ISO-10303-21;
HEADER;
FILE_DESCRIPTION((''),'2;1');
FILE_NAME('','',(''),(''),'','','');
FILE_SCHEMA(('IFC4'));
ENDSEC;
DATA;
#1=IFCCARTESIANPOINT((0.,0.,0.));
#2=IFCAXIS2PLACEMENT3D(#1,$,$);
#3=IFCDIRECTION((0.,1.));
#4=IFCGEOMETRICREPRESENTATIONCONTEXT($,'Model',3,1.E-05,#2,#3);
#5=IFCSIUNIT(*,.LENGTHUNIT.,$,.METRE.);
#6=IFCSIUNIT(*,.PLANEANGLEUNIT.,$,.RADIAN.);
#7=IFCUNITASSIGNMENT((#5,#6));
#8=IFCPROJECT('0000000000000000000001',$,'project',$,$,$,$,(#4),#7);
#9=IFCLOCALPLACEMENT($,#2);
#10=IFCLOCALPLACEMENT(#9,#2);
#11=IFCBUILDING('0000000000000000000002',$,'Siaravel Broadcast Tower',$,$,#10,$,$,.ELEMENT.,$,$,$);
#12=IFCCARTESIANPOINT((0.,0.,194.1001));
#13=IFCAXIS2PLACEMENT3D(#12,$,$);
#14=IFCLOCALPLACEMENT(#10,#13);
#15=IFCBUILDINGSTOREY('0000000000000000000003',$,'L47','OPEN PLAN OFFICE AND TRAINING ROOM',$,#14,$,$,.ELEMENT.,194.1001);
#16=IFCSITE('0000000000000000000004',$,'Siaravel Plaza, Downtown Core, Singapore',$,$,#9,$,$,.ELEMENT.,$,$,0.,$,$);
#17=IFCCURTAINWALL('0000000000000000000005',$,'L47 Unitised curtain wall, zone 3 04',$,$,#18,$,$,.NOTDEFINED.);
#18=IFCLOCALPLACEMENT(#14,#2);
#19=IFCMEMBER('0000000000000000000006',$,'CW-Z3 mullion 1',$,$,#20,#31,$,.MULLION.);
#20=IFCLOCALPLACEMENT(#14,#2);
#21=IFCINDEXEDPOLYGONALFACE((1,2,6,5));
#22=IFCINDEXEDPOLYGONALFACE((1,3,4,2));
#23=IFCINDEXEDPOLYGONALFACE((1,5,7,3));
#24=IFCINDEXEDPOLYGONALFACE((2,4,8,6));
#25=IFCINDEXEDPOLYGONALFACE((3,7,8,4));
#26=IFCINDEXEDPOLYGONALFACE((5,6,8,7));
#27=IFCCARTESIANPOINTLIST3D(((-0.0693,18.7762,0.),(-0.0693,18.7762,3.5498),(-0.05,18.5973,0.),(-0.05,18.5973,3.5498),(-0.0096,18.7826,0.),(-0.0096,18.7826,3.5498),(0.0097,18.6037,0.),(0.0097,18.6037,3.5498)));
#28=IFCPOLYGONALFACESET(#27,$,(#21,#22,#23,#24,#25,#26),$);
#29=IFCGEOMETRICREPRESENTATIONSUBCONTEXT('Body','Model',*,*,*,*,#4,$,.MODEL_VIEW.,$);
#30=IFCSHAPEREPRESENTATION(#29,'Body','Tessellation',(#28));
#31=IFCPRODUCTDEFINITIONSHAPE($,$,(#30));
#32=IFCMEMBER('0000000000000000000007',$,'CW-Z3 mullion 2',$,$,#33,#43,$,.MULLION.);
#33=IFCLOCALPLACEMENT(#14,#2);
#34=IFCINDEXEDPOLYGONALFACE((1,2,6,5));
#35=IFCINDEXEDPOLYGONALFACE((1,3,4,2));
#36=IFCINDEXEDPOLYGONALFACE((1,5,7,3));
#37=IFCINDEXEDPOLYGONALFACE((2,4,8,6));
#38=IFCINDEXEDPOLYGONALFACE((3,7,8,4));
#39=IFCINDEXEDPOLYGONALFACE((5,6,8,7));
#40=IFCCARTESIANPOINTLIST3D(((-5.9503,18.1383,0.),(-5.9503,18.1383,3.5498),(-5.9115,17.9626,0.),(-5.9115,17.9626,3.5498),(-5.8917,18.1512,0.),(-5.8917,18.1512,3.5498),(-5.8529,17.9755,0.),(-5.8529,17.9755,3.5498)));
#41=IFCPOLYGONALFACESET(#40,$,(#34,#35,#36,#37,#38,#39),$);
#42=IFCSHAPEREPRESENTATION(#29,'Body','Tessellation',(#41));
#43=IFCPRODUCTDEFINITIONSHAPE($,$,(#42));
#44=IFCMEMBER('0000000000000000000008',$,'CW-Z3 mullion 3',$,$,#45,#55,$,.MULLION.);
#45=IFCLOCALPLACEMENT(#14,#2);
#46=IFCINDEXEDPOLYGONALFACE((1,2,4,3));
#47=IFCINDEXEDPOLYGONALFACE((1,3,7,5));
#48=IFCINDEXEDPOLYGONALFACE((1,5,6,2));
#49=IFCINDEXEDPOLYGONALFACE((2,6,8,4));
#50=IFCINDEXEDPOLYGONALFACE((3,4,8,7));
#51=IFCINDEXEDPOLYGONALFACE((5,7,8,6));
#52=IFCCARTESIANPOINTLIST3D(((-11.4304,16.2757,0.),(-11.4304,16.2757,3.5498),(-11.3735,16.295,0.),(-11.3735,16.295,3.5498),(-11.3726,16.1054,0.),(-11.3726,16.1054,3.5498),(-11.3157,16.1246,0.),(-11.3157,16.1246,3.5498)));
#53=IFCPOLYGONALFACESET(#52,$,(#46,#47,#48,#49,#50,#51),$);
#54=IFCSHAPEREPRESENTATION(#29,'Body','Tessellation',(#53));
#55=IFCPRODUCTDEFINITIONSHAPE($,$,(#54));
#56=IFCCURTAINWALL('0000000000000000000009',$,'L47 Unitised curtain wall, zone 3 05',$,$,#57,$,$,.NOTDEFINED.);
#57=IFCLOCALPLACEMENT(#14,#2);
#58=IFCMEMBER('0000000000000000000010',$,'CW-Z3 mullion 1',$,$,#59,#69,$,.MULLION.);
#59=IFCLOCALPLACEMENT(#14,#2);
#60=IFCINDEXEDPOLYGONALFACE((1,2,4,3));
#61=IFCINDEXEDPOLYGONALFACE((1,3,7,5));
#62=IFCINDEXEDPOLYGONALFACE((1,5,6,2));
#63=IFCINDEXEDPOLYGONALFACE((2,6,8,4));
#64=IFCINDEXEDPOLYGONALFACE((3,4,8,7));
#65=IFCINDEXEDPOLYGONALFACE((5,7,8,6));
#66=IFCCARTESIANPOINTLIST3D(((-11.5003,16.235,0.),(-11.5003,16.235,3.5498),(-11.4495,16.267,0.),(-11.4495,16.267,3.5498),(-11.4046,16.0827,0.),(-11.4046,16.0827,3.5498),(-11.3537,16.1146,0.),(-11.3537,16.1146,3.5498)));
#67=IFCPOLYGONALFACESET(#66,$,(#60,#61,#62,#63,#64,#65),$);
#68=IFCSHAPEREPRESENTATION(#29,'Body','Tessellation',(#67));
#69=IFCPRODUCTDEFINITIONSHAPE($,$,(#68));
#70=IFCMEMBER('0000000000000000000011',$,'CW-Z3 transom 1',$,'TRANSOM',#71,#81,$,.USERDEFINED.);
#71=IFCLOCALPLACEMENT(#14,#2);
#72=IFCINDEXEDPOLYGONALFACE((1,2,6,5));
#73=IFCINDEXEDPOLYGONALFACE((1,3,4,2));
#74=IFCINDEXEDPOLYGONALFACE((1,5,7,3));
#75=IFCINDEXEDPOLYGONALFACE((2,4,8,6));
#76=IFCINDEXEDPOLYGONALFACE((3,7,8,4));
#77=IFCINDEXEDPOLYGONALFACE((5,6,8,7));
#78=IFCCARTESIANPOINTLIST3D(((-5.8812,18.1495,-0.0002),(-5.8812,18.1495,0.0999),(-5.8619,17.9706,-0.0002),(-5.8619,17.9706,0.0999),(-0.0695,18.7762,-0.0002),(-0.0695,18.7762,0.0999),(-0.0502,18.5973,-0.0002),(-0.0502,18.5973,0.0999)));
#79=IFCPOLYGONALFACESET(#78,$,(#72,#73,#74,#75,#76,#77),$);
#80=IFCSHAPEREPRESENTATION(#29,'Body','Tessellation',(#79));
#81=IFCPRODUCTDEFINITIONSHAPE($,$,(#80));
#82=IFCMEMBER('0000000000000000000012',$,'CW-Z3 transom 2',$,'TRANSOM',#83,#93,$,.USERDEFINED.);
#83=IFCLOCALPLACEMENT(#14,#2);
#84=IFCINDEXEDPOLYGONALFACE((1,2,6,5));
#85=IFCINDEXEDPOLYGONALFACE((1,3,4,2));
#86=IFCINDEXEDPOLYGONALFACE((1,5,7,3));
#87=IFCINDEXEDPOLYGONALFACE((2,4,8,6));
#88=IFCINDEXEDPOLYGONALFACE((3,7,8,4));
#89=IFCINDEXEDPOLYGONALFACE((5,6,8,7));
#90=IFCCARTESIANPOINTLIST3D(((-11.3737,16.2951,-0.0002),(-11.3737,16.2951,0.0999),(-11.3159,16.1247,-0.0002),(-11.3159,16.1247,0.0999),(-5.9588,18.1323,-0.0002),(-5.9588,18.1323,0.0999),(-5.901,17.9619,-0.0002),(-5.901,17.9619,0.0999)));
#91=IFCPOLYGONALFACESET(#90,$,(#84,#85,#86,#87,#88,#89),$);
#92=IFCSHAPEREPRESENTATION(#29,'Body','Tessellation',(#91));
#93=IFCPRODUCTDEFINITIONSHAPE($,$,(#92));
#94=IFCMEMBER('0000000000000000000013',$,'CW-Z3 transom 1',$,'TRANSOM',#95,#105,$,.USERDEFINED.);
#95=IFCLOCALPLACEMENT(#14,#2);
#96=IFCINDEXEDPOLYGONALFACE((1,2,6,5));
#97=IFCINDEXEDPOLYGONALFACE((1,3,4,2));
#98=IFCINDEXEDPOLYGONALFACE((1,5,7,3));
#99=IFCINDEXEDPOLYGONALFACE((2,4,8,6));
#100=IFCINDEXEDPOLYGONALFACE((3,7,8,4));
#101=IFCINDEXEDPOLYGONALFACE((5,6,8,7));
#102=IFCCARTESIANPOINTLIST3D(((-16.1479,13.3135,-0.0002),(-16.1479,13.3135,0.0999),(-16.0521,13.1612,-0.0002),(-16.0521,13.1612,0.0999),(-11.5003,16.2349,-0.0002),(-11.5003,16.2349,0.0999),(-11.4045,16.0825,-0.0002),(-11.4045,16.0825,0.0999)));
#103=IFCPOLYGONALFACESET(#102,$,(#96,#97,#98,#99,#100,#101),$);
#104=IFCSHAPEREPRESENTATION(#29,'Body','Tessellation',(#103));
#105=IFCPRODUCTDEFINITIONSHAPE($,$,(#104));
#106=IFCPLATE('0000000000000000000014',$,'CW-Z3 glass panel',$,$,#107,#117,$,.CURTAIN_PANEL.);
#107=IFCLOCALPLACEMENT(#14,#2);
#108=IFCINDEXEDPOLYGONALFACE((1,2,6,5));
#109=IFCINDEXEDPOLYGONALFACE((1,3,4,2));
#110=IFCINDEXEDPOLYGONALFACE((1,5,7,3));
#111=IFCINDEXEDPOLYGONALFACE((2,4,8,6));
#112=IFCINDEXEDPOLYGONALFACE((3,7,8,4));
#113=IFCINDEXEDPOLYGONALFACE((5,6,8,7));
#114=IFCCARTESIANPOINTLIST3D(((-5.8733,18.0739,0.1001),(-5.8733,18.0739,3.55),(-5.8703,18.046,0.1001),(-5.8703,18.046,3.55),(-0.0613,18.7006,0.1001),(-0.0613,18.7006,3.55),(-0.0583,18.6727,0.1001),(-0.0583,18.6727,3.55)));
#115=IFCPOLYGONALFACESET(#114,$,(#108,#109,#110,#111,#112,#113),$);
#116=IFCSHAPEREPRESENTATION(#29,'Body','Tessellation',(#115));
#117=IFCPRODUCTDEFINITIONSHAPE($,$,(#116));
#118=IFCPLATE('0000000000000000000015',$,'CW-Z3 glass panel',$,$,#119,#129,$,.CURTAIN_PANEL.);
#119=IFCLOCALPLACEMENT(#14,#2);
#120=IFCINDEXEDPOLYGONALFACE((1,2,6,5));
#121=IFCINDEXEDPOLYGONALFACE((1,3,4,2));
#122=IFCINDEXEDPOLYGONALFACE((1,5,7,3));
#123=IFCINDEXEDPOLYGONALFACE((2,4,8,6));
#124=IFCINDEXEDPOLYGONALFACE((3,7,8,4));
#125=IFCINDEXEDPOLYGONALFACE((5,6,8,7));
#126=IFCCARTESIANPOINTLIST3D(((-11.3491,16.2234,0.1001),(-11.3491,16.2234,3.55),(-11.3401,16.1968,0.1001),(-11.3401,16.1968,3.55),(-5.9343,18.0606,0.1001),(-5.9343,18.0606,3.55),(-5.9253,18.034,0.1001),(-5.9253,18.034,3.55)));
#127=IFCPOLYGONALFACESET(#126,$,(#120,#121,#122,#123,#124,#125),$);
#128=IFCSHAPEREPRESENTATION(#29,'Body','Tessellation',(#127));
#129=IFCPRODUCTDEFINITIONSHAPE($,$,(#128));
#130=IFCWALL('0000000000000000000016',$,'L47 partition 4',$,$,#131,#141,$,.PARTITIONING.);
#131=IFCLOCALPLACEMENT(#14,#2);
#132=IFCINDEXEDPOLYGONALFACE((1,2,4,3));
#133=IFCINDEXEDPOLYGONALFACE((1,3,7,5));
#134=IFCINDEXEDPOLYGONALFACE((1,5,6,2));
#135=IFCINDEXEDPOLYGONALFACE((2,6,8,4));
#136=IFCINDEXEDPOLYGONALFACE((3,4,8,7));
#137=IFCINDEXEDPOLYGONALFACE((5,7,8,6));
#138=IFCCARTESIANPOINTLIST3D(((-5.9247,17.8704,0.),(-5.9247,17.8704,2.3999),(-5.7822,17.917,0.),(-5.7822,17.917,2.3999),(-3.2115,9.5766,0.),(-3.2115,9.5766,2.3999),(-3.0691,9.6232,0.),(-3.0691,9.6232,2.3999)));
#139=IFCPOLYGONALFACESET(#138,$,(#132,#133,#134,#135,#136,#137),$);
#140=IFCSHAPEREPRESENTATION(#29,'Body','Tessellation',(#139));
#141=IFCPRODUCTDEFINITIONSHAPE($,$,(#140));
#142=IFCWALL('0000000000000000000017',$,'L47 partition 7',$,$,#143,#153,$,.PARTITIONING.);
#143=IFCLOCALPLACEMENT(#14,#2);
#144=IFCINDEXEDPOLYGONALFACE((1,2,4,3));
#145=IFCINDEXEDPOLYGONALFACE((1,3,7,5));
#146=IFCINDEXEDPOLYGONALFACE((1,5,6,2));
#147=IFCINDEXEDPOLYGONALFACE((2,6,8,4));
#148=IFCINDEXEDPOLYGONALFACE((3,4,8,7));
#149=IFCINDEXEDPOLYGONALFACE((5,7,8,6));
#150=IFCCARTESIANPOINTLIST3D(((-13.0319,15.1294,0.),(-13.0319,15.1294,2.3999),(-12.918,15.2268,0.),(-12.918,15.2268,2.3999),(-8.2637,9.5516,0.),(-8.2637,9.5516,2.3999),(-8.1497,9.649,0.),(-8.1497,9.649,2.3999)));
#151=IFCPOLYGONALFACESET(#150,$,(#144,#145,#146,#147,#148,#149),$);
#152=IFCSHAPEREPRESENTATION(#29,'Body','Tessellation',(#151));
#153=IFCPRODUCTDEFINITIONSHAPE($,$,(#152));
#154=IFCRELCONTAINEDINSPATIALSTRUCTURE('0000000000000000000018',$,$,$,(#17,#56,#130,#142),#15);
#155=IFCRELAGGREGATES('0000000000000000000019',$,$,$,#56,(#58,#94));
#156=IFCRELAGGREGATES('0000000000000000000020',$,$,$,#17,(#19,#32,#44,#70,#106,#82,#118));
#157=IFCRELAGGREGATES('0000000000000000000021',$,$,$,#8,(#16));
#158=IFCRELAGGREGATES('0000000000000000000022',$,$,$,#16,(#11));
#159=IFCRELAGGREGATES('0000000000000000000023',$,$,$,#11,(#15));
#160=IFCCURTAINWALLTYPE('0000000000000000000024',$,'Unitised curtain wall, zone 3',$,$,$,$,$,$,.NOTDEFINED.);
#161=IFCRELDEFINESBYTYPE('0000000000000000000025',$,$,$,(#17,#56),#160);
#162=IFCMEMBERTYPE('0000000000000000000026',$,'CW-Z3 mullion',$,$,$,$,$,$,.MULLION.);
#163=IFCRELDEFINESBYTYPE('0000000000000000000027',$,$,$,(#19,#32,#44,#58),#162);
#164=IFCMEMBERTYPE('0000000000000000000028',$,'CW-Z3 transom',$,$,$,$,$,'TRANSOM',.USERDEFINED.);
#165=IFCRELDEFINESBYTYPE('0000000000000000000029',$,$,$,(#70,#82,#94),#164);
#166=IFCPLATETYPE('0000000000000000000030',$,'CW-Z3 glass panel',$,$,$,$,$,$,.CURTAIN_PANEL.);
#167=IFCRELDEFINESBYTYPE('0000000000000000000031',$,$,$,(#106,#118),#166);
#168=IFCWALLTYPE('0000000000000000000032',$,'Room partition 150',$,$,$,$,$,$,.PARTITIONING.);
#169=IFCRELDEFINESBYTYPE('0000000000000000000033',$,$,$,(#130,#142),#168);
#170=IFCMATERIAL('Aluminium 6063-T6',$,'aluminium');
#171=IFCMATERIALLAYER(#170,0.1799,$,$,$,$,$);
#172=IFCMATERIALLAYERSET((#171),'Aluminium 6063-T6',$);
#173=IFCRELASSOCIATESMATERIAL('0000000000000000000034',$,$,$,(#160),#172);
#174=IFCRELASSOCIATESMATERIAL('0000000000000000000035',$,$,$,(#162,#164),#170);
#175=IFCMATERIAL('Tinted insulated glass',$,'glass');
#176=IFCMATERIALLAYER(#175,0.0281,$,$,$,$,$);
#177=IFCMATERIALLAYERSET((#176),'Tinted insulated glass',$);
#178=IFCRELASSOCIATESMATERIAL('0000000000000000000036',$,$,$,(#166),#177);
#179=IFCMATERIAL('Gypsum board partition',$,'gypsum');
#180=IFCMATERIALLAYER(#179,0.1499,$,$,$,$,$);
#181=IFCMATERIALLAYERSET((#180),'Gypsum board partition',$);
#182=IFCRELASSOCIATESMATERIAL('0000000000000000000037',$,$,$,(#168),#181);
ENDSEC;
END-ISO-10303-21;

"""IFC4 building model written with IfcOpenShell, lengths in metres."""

from ifc_helpers import new_model, si_unit, direction, frame, frame_2d, origin, origin_2d, place, context, subcontext, project, spatial, rectangle, extrude, material, layer, layer_set, material_profile, profile_set, type_object, element, aggregate, save


model = new_model("IFC4")

# Units and contexts
model_context = context("Model", 3, precision=1e-05, world=origin(), true_north=direction((0.0, 1.0)))
body_context = subcontext(model_context, "Body", "Model", "MODEL_VIEW")
ifc_project = project(units=[si_unit("LENGTHUNIT", "METRE"), si_unit("PLANEANGLEUNIT", "RADIAN")], contexts=[model_context])

# Site, building, storey
site_placement = place(None, origin())
site = spatial("IfcSite", under=ifc_project, at=site_placement, Name="Siaravel Plaza, Downtown Core, Singapore", CompositionType="ELEMENT", RefElevation=0.0)
building_placement = place(site_placement, origin())
building = spatial("IfcBuilding", under=site, at=building_placement, Name="Siaravel Broadcast Tower", CompositionType="ELEMENT")
storey_placement = place(building_placement, frame((0.0, 0.0, 194.1001)))
storey = spatial("IfcBuildingStorey", under=building, at=storey_placement, Name="L47", Description="OPEN PLAN OFFICE AND TRAINING ROOM", CompositionType="ELEMENT", Elevation=194.1001)

# Curtain wall, members
ifc_material_1 = material(Name="Aluminium 6063-T6", Category="aluminium")
ifc_layer_1 = layer(ifc_material_1, 0.1799)
ifc_layer_set_1 = layer_set([ifc_layer_1], Name="Aluminium 6063-T6")
curtain_wall_type = type_object("IfcCurtainWallType", Name="Unitised curtain wall, zone 3", PredefinedType="NOTDEFINED", material=ifc_layer_set_1)
curtain_wall_1_placement = place(storey_placement, origin())
curtain_wall_1 = element("IfcCurtainWall", 1, at=curtain_wall_1_placement, inside=storey, type_object=curtain_wall_type, Name="L47 Unitised curtain wall, zone 3 04", PredefinedType="NOTDEFINED")
ifc_material_profile_1 = material_profile(ifc_material_1, rectangle(XDim=0.1799, YDim=0.0601, at=origin_2d()))
ifc_profile_set_1 = profile_set([ifc_material_profile_1], Name="Aluminium 6063-T6")
member_type_1 = type_object("IfcMemberType", Name="CW-Z3 mullion", PredefinedType="MULLION", material=ifc_profile_set_1)
member_1_placement = place(storey_placement, frame((-0.0298, 18.6899, 0.0), z_axis=(0.0, 0.0, 1.0), x_axis=(0.107217, -0.994236, 0.0)))
member_1 = element("IfcMember", 2, at=member_1_placement, type_object=member_type_1, Name="CW-Z3 mullion 1", PredefinedType="MULLION", context=body_context, shape_type="SweptSolid", body=[
    extrude(rectangle(XDim=0.1799, YDim=0.0601, at=origin_2d()), origin(), (0.0, 0.0, 1.0), 3.5498),
])
member_2_placement = place(storey_placement, frame((-5.9016, 18.0569, 0.0), z_axis=(0.0, 0.0, 1.0), x_axis=(0.215558, -0.976491, 0.0)))
member_2 = element("IfcMember", 3, at=member_2_placement, type_object=member_type_1, Name="CW-Z3 mullion 2", PredefinedType="MULLION", context=body_context, shape_type="SweptSolid", body=[
    extrude(rectangle(XDim=0.1799, YDim=0.0601, at=origin_2d()), origin(), (0.0, 0.0, 1.0), 3.5498),
])
member_3_placement = place(storey_placement, frame((-11.373, 16.2002, 0.0), z_axis=(0.0, 0.0, 1.0), x_axis=(0.3213, -0.946977, 0.0)))
member_3 = element("IfcMember", 4, at=member_3_placement, type_object=member_type_1, Name="CW-Z3 mullion 3", PredefinedType="MULLION", context=body_context, shape_type="SweptSolid", body=[
    extrude(rectangle(XDim=0.1799, YDim=0.0601, at=origin_2d()), origin(), (0.0, 0.0, 1.0), 3.5498),
])

# Curtain wall, member
curtain_wall_2_placement = place(storey_placement, origin())
curtain_wall_2 = element("IfcCurtainWall", 5, at=curtain_wall_2_placement, inside=storey, type_object=curtain_wall_type, Name="L47 Unitised curtain wall, zone 3 05", PredefinedType="NOTDEFINED")
member_4_placement = place(storey_placement, frame((-11.427, 16.1748, 0.0), z_axis=(0.0, 0.0, 1.0), x_axis=(0.532149, -0.846651, 0.0)))
member_4 = element("IfcMember", 6, at=member_4_placement, type_object=member_type_1, Name="CW-Z3 mullion 1", PredefinedType="MULLION", context=body_context, shape_type="SweptSolid", body=[
    extrude(rectangle(XDim=0.1799, YDim=0.0601, at=origin_2d()), origin(), (0.0, 0.0, 1.0), 3.5498),
])

# Members
ifc_material_profile_2 = material_profile(ifc_material_1, rectangle(XDim=0.1799, YDim=0.1001, at=origin_2d()))
ifc_profile_set_2 = profile_set([ifc_material_profile_2], Name="Aluminium 6063-T6")
member_type_2 = type_object("IfcMemberType", Name="CW-Z3 transom", ElementType="TRANSOM", PredefinedType="USERDEFINED", material=ifc_profile_set_2)
member_5_placement = place(storey_placement, frame((-0.0598, 18.6868, 0.0498), z_axis=(-0.994236, -0.107213, 0.0), x_axis=(0.107213, -0.994236, 0.0)))
member_5 = element("IfcMember", 7, at=member_5_placement, type_object=member_type_2, Name="CW-Z3 transom 1", ObjectType="TRANSOM", PredefinedType="USERDEFINED", context=body_context, shape_type="SweptSolid", body=[
    extrude(rectangle(XDim=0.1799, YDim=0.1001, at=origin_2d()), origin(), (0.0, 0.0, 1.0), 5.8455),
])
member_6_placement = place(storey_placement, frame((-5.9299, 18.0471, 0.0498), z_axis=(-0.946979, -0.321296, 0.0), x_axis=(0.321296, -0.946979, 0.0)))
member_6 = element("IfcMember", 8, at=member_6_placement, type_object=member_type_2, Name="CW-Z3 transom 2", ObjectType="TRANSOM", PredefinedType="USERDEFINED", context=body_context, shape_type="SweptSolid", body=[
    extrude(rectangle(XDim=0.1799, YDim=0.1001, at=origin_2d()), origin(), (0.0, 0.0, 1.0), 5.718),
])
member_7_placement = place(storey_placement, frame((-11.4524, 16.1587, 0.0498), z_axis=(-0.846639, -0.532168, 0.0), x_axis=(0.532168, -0.846639, 0.0)))
member_7 = element("IfcMember", 9, at=member_7_placement, type_object=member_type_2, Name="CW-Z3 transom 1", ObjectType="TRANSOM", PredefinedType="USERDEFINED", context=body_context, shape_type="SweptSolid", body=[
    extrude(rectangle(XDim=0.1799, YDim=0.1001, at=origin_2d()), origin(), (0.0, 0.0, 1.0), 5.4895),
])
aggregate(curtain_wall_2, [member_4, member_7])

# Plates
ifc_material_2 = material(Name="Tinted insulated glass", Category="glass")
ifc_layer_2 = layer(ifc_material_2, 0.0281)
ifc_layer_set_2 = layer_set([ifc_layer_2], Name="Tinted insulated glass")
plate_type = type_object("IfcPlateType", Name="CW-Z3 glass panel", PredefinedType="CURTAIN_PANEL", material=ifc_layer_set_2)
plate_1_placement = place(storey_placement, frame((-2.9658, 18.3733, 0.1001), z_axis=(0.0, 0.0, 1.0), x_axis=(-0.994236, -0.107217, 0.0)))
plate_1 = element("IfcPlate", 10, at=plate_1_placement, type_object=plate_type, Name="CW-Z3 glass panel", PredefinedType="CURTAIN_PANEL", context=body_context, shape_type="SweptSolid", body=[
    extrude(rectangle(XDim=5.8457, YDim=0.0281, at=origin_2d()), origin(), (0.0, 0.0, 1.0), 3.45),
])
plate_2_placement = place(storey_placement, frame((-8.6372, 17.1287, 0.1001), z_axis=(0.0, 0.0, 1.0), x_axis=(-0.946977, -0.3213, 0.0)))
plate_2 = element("IfcPlate", 11, at=plate_2_placement, type_object=plate_type, Name="CW-Z3 glass panel", PredefinedType="CURTAIN_PANEL", context=body_context, shape_type="SweptSolid", body=[
    extrude(rectangle(XDim=5.718, YDim=0.0281, at=origin_2d()), origin(), (0.0, 0.0, 1.0), 3.45),
])
aggregate(curtain_wall_1, [member_1, member_2, member_3, member_5, plate_1, member_6, plate_2])

# Walls
ifc_material_3 = material(Name="Gypsum board partition", Category="gypsum")
ifc_layer_3 = layer(ifc_material_3, 0.1499)
ifc_layer_set_3 = layer_set([ifc_layer_3], Name="Gypsum board partition")
wall_type = type_object("IfcWallType", Name="Room partition 150", PredefinedType="PARTITIONING", material=ifc_layer_set_3)
wall_1_placement = place(storey_placement, frame((-5.8535, 17.8938, 0.0), z_axis=(0.0, 0.0, 1.0), x_axis=(0.310918, -0.950437, 0.0)))
element("IfcWall", 12, at=wall_1_placement, inside=storey, type_object=wall_type, Name="L47 partition 4", PredefinedType="PARTITIONING", context=body_context, shape_type="SweptSolid", body=[
    extrude(rectangle(XDim=8.7263, YDim=0.1499, at=frame_2d((4.3633, 0.0))), origin(), (0.0, 0.0, 1.0), 2.3999),
])
wall_2_placement = place(storey_placement, frame((-12.9749, 15.178, 0.0), z_axis=(0.0, 0.0, 1.0), x_axis=(0.649791, -0.760113, 0.0)))
element("IfcWall", 13, at=wall_2_placement, inside=storey, type_object=wall_type, Name="L47 partition 7", PredefinedType="PARTITIONING", context=body_context, shape_type="SweptSolid", body=[
    extrude(rectangle(XDim=7.3381, YDim=0.1499, at=frame_2d((3.6689, 0.0))), origin(), (0.0, 0.0, 1.0), 2.3999),
])

save(model, "model.ifc")
